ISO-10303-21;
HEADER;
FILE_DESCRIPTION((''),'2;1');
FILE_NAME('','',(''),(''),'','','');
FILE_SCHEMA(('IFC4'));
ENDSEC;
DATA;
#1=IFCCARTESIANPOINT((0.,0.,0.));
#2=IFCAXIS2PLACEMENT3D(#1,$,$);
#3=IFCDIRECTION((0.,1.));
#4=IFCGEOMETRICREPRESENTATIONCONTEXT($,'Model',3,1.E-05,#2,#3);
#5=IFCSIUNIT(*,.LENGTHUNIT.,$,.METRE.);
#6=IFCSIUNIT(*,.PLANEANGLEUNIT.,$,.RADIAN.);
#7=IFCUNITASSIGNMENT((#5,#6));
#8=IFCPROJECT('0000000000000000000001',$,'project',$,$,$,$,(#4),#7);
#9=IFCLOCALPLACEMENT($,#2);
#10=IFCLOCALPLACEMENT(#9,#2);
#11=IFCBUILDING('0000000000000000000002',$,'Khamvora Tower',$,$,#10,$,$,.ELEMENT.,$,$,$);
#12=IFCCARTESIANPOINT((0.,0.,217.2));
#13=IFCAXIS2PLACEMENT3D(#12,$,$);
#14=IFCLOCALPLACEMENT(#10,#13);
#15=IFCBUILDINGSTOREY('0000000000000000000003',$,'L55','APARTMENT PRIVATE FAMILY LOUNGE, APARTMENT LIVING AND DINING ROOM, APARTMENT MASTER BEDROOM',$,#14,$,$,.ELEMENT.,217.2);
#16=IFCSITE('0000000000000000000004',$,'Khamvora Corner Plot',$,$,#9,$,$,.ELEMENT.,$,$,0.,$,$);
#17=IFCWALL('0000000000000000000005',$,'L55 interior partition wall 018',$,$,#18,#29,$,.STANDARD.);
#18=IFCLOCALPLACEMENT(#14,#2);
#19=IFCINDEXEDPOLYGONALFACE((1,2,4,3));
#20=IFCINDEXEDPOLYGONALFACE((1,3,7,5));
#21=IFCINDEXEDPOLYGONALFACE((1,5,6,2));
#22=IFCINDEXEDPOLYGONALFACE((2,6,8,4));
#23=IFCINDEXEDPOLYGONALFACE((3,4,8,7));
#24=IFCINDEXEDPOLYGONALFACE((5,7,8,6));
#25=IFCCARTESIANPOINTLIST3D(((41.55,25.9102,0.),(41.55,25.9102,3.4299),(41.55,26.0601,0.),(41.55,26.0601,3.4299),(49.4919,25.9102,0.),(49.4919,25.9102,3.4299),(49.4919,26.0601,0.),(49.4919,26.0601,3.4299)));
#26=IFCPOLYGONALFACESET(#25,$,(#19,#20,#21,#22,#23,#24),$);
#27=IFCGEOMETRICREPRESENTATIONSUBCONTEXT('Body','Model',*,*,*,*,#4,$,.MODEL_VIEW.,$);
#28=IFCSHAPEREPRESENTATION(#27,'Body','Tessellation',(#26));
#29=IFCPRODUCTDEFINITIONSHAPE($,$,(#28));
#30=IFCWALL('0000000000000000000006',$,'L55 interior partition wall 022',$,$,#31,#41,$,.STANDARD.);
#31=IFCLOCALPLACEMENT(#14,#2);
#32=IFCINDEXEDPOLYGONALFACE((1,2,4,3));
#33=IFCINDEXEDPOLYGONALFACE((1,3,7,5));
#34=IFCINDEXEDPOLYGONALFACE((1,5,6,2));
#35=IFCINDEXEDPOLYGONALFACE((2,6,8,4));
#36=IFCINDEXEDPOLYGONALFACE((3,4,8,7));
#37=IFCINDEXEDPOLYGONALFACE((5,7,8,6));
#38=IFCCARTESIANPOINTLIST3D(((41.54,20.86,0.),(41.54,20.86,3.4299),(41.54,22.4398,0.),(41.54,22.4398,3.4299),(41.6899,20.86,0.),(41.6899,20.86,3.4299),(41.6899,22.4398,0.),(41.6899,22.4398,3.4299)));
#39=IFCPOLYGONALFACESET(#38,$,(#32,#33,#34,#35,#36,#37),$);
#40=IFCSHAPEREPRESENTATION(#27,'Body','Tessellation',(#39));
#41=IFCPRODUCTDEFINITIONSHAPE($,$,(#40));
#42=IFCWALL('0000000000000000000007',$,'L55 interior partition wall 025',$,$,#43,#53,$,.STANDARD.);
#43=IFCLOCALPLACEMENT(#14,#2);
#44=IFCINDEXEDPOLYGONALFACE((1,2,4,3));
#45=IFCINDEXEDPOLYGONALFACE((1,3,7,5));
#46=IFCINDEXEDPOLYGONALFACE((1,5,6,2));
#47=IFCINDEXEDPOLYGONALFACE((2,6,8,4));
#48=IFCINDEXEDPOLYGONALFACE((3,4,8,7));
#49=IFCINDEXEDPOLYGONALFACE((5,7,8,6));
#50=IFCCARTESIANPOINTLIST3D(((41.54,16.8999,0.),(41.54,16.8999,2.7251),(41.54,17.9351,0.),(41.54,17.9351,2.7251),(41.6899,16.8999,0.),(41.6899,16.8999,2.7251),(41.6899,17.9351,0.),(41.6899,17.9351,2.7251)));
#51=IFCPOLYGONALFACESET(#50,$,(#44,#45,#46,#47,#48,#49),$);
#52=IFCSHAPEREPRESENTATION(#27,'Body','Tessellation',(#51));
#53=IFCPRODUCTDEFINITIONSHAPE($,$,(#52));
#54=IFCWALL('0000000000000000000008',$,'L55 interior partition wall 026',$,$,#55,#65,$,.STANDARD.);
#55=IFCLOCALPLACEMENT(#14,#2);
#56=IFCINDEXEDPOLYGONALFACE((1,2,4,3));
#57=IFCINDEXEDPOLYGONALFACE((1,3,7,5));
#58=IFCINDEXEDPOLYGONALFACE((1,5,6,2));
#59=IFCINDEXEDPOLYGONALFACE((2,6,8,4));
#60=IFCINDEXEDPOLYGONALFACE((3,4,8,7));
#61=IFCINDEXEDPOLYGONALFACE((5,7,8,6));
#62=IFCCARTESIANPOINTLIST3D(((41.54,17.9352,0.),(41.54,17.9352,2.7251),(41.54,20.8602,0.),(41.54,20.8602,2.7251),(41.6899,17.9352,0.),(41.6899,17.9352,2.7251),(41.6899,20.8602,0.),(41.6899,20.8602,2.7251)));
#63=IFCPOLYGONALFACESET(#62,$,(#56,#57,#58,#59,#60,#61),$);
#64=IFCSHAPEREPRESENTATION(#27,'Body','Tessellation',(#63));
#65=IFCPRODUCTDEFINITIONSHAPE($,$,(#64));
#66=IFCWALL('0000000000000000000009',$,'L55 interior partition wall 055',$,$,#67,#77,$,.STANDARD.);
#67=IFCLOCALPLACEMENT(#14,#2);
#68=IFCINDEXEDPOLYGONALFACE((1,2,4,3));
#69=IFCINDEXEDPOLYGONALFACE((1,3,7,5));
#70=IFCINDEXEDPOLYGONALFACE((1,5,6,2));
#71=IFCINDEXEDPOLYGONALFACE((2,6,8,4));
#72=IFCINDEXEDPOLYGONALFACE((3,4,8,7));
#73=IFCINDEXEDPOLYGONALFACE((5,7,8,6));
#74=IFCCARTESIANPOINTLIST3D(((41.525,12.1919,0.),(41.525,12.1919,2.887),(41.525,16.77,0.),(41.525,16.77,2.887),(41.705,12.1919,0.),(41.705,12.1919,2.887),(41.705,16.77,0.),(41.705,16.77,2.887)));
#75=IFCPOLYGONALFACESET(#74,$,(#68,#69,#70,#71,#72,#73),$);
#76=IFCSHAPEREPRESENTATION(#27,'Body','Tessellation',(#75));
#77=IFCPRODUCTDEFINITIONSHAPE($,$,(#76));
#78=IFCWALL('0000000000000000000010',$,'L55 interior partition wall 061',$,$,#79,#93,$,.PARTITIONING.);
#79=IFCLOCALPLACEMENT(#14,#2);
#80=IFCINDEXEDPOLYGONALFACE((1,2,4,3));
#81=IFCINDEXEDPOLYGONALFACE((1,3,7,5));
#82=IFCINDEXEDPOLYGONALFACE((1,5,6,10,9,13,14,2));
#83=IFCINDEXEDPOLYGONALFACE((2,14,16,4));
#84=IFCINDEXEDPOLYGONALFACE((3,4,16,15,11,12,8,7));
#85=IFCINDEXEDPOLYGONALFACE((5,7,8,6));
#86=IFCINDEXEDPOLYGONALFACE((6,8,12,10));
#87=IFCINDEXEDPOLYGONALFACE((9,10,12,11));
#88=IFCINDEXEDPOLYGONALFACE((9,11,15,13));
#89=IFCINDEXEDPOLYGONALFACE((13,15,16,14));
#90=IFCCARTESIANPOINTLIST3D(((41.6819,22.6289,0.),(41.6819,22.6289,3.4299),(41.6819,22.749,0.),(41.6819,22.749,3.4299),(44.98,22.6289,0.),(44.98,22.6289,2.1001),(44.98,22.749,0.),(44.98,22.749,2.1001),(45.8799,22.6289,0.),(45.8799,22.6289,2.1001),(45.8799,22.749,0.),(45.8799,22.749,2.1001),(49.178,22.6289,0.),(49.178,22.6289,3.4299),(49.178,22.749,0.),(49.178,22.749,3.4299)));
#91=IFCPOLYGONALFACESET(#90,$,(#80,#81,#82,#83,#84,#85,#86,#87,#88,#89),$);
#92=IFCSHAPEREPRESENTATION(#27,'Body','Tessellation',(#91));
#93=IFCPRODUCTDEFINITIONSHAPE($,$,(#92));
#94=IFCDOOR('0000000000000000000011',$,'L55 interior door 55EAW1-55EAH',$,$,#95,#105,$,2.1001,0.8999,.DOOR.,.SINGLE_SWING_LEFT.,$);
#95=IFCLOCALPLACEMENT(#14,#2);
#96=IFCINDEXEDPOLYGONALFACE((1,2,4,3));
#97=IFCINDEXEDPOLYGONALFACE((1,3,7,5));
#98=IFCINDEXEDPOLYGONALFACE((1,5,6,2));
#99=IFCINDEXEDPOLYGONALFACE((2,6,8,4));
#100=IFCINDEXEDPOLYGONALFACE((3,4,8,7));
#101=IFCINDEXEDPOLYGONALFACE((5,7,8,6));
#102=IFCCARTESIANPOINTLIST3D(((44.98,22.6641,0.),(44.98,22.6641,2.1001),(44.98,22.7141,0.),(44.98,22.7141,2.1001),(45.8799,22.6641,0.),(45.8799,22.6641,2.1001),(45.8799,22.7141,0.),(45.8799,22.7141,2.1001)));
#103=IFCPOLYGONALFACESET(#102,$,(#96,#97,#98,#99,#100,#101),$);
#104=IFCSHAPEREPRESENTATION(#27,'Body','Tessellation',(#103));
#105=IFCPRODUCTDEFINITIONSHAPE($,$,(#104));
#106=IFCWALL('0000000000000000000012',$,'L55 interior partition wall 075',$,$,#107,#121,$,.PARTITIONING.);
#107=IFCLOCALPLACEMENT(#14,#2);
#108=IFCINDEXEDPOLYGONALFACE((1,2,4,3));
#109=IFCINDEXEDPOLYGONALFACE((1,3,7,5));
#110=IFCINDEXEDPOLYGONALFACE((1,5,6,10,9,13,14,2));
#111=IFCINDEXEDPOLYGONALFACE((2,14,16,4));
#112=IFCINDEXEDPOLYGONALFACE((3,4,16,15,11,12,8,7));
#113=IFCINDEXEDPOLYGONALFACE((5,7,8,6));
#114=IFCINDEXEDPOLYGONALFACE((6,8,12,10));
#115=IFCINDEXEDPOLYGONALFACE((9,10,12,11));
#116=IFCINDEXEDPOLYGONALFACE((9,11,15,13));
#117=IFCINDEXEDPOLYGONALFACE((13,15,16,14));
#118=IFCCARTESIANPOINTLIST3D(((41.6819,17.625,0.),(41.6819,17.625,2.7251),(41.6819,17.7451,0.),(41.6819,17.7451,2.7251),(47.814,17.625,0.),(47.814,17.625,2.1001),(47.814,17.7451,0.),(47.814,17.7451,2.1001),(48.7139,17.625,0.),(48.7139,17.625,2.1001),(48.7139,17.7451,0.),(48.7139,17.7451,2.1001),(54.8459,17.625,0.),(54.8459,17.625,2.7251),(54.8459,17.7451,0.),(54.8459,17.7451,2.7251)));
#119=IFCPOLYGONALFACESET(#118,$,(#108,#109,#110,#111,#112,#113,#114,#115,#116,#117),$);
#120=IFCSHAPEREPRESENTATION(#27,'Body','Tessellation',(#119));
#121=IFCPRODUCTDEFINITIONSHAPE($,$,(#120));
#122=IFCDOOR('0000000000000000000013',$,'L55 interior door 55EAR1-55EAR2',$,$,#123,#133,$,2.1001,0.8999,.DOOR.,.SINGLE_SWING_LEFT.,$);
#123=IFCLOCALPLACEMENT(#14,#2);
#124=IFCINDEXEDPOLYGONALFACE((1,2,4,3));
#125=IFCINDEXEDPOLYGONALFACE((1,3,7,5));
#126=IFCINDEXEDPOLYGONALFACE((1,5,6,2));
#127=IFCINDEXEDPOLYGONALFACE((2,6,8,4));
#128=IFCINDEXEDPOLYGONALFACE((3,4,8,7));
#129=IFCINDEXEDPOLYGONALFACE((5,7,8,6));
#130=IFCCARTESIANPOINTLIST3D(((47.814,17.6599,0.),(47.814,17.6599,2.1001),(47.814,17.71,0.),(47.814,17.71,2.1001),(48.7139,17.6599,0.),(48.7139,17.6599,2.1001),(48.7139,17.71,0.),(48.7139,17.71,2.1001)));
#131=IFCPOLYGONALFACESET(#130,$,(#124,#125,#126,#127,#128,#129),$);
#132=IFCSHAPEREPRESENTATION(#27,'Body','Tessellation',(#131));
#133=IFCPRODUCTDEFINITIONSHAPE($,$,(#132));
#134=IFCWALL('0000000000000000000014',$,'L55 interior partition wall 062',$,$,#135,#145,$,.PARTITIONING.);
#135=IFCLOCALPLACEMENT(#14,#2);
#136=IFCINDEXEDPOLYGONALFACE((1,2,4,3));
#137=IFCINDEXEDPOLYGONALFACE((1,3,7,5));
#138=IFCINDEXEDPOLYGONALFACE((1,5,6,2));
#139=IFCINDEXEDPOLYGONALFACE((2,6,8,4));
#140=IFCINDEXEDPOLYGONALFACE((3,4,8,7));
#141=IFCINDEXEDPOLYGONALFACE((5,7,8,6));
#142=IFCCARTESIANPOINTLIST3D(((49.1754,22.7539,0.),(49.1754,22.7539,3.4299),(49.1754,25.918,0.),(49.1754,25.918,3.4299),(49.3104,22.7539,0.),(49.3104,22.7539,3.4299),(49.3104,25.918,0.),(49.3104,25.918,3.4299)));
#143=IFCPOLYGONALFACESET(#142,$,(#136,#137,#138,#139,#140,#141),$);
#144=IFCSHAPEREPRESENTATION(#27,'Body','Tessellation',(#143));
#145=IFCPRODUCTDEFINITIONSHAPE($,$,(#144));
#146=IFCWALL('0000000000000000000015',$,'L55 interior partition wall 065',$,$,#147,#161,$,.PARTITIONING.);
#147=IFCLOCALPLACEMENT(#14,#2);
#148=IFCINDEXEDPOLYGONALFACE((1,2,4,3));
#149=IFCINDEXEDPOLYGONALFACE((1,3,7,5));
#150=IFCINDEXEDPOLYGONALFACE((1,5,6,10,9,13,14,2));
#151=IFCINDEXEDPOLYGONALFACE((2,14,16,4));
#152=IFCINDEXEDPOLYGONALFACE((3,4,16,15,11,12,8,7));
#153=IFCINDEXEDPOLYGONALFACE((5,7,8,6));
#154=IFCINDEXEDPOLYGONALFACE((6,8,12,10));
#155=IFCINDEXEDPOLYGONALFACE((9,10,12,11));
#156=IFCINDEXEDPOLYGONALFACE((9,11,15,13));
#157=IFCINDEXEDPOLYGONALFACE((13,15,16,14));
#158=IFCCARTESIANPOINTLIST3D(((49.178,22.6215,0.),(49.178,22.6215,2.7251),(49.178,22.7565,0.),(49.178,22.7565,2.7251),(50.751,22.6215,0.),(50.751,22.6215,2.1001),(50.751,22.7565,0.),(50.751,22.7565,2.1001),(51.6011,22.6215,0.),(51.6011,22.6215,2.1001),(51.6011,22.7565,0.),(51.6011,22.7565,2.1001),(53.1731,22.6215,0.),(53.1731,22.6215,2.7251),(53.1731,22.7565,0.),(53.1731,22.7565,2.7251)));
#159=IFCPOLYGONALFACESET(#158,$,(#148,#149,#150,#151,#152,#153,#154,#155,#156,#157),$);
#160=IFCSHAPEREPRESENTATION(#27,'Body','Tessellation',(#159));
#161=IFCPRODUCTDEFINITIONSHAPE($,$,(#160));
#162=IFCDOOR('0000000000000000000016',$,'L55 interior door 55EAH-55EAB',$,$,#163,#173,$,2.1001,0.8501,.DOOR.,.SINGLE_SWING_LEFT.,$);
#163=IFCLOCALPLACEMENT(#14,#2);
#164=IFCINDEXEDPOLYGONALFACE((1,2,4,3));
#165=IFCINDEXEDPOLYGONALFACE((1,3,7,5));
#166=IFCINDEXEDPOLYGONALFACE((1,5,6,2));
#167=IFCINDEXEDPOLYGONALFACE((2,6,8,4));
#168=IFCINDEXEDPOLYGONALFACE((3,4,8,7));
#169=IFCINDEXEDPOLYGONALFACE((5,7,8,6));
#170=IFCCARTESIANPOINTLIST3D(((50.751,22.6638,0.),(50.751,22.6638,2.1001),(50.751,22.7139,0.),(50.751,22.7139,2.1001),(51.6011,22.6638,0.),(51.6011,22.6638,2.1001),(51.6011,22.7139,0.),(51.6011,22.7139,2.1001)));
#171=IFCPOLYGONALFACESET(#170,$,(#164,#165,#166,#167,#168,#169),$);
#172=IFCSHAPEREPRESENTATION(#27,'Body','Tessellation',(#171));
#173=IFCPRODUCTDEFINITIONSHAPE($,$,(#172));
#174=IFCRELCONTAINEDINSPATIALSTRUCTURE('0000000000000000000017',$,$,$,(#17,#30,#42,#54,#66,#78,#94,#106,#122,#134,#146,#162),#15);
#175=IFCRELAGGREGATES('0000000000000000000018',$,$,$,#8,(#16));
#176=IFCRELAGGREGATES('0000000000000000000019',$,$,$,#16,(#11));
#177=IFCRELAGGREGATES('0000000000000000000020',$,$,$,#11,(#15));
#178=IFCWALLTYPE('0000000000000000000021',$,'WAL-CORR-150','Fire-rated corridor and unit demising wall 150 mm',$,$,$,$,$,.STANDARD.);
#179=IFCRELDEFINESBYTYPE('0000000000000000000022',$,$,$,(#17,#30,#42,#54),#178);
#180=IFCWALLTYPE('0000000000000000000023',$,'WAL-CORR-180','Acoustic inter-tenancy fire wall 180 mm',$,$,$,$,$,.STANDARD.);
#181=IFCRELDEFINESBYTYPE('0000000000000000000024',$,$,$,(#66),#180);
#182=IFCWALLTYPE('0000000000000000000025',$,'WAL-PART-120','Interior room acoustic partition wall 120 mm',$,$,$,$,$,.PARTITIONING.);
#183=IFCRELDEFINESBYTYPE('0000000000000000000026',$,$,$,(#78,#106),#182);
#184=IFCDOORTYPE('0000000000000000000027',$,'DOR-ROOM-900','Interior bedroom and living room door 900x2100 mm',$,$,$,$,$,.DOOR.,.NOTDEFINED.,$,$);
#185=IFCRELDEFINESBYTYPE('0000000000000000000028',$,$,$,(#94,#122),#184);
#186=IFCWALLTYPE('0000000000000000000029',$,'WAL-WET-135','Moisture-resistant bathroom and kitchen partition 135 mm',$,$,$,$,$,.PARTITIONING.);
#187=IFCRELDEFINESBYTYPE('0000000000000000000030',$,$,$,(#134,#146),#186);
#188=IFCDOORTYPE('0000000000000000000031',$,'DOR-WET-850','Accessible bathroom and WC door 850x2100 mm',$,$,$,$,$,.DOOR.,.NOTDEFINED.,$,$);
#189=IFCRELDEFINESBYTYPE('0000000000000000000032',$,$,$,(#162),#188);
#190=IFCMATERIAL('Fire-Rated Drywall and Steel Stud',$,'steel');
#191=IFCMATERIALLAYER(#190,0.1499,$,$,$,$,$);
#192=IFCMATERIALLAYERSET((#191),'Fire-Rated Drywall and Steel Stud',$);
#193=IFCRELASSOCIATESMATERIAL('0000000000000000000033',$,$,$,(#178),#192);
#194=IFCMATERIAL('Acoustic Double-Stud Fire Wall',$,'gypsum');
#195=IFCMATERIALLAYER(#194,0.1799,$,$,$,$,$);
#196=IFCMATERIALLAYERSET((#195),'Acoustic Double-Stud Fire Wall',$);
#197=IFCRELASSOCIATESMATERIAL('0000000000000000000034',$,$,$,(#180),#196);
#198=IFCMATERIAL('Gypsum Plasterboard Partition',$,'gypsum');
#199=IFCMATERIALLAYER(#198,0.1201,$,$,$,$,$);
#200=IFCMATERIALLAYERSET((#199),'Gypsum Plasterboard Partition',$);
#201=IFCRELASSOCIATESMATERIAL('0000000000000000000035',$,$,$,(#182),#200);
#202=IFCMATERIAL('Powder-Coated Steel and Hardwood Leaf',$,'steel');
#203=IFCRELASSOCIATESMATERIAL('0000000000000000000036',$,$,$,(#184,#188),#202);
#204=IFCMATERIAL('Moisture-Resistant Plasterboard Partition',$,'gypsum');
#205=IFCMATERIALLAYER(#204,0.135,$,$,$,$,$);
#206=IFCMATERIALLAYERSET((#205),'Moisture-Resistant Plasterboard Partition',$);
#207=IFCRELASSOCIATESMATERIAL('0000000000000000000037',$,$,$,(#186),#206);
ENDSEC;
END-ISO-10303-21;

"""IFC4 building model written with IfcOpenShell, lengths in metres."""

from ifc_helpers import new_model, si_unit, direction, frame, frame_2d, origin, place, context, subcontext, project, spatial, rectangle, extrude, material, layer, layer_set, type_object, element, fill, save


model = new_model("IFC4")

# Units and contexts
model_context = context("Model", 3, precision=1e-05, world=origin(), true_north=direction((0.0, 1.0)))
body_context = subcontext(model_context, "Body", "Model", "MODEL_VIEW")
ifc_project = project(units=[si_unit("LENGTHUNIT", "METRE"), si_unit("PLANEANGLEUNIT", "RADIAN")], contexts=[model_context])

# Site, building, storey
site_placement = place(None, origin())
site = spatial("IfcSite", under=ifc_project, at=site_placement, Name="Khamvora Corner Plot", CompositionType="ELEMENT", RefElevation=0.0)
building_placement = place(site_placement, origin())
building = spatial("IfcBuilding", under=site, at=building_placement, Name="Khamvora Tower", CompositionType="ELEMENT")
storey_placement = place(building_placement, frame((0.0, 0.0, 217.2)))
storey = spatial("IfcBuildingStorey", under=building, at=storey_placement, Name="L55", Description="APARTMENT PRIVATE FAMILY LOUNGE, APARTMENT LIVING AND DINING ROOM, APARTMENT MASTER BEDROOM", CompositionType="ELEMENT", Elevation=217.2)

# Walls
ifc_material_1 = material(Name="Fire-Rated Drywall and Steel Stud", Category="steel")
ifc_layer_1 = layer(ifc_material_1, 0.1499)
ifc_layer_set_1 = layer_set([ifc_layer_1], Name="Fire-Rated Drywall and Steel Stud")
wall_type_1 = type_object("IfcWallType", Name="WAL-CORR-150", Description="Fire-rated corridor and unit demising wall 150 mm", PredefinedType="STANDARD", material=ifc_layer_set_1)
wall_1_placement = place(storey_placement, frame((49.4919, 25.9851, 0.0), z_axis=(0.0, 0.0, 1.0), x_axis=(-1.0, 0.0, 0.0)))
element("IfcWall", 1, at=wall_1_placement, inside=storey, type_object=wall_type_1, Name="L55 interior partition wall 018", PredefinedType="STANDARD", context=body_context, shape_type="SweptSolid", body=[
    extrude(rectangle(XDim=7.9419, YDim=0.1499, at=frame_2d((3.9709, 0.0))), origin(), (0.0, 0.0, 1.0), 3.4299),
])
wall_2_placement = place(storey_placement, frame((41.615, 22.4399, 0.0), z_axis=(0.0, 0.0, 1.0), x_axis=(0.0, -1.0, 0.0)))
element("IfcWall", 2, at=wall_2_placement, inside=storey, type_object=wall_type_1, Name="L55 interior partition wall 022", PredefinedType="STANDARD", context=body_context, shape_type="SweptSolid", body=[
    extrude(rectangle(XDim=1.5798, YDim=0.1499, at=frame_2d((0.79, 0.0))), origin(), (0.0, 0.0, 1.0), 3.4299),
])
wall_3_placement = place(storey_placement, frame((41.615, 17.9351, 0.0), z_axis=(0.0, 0.0, 1.0), x_axis=(0.0, -1.0, 0.0)))
element("IfcWall", 3, at=wall_3_placement, inside=storey, type_object=wall_type_1, Name="L55 interior partition wall 025", PredefinedType="STANDARD", context=body_context, shape_type="SweptSolid", body=[
    extrude(rectangle(XDim=1.0352, YDim=0.1499, at=frame_2d((0.5176, 0.0))), origin(), (0.0, 0.0, 1.0), 2.7251),
])
wall_4_placement = place(storey_placement, frame((41.615, 20.8601, 0.0), z_axis=(0.0, 0.0, 1.0), x_axis=(0.0, -1.0, 0.0)))
element("IfcWall", 4, at=wall_4_placement, inside=storey, type_object=wall_type_1, Name="L55 interior partition wall 026", PredefinedType="STANDARD", context=body_context, shape_type="SweptSolid", body=[
    extrude(rectangle(XDim=2.925, YDim=0.1499, at=frame_2d((1.4624, 0.0))), origin(), (0.0, 0.0, 1.0), 2.7251),
])
ifc_material_2 = material(Name="Acoustic Double-Stud Fire Wall", Category="gypsum")
ifc_layer_2 = layer(ifc_material_2, 0.1799)
ifc_layer_set_2 = layer_set([ifc_layer_2], Name="Acoustic Double-Stud Fire Wall")
wall_type_2 = type_object("IfcWallType", Name="WAL-CORR-180", Description="Acoustic inter-tenancy fire wall 180 mm", PredefinedType="STANDARD", material=ifc_layer_set_2)
wall_5_placement = place(storey_placement, frame((41.615, 16.77, 0.0), z_axis=(0.0, 0.0, 1.0), x_axis=(0.0, -1.0, 0.0)))
element("IfcWall", 5, at=wall_5_placement, inside=storey, type_object=wall_type_2, Name="L55 interior partition wall 055", PredefinedType="STANDARD", context=body_context, shape_type="SweptSolid", body=[
    extrude(rectangle(XDim=4.5781, YDim=0.1799, at=frame_2d((2.2891, 0.0))), origin(), (0.0, 0.0, 1.0), 2.887),
])

# Walls, openings, doors
ifc_material_3 = material(Name="Gypsum Plasterboard Partition", Category="gypsum")
ifc_layer_3 = layer(ifc_material_3, 0.1201)
ifc_layer_set_3 = layer_set([ifc_layer_3], Name="Gypsum Plasterboard Partition")
wall_type_3 = type_object("IfcWallType", Name="WAL-PART-120", Description="Interior room acoustic partition wall 120 mm", PredefinedType="PARTITIONING", material=ifc_layer_set_3)
wall_6_placement = place(storey_placement, frame((49.178, 22.689, 0.0), z_axis=(0.0, 0.0, 1.0), x_axis=(-1.0, 0.0, 0.0)))
wall_6 = element("IfcWall", 6, at=wall_6_placement, inside=storey, type_object=wall_type_3, Name="L55 interior partition wall 061", PredefinedType="PARTITIONING", context=body_context, shape_type="SweptSolid", body=[
    extrude(rectangle(XDim=7.4961, YDim=0.1201, at=frame_2d((3.748, 0.0))), origin(), (0.0, 0.0, 1.0), 3.4299),
])
opening_1_placement = place(wall_6_placement, frame((3.2981, 0.0, 0.0)))
opening_1 = element("IfcOpeningElement", 7, at=opening_1_placement, cuts=wall_6, PredefinedType="OPENING", context=body_context, shape_type="SweptSolid", body=[
    extrude(rectangle(XDim=0.8999, YDim=2.1001, at=frame_2d((0.45, 1.05))), frame((0.0, 0.0701, 0.0), z_axis=(0.0, -1.0, 0.0), x_axis=(1.0, 0.0, 0.0)), (0.0, 0.0, 1.0), 0.1401),
])
ifc_material_4 = material(Name="Powder-Coated Steel and Hardwood Leaf", Category="steel")
door_type_1 = type_object("IfcDoorType", Name="DOR-ROOM-900", Description="Interior bedroom and living room door 900x2100 mm", OperationType="NOTDEFINED", PredefinedType="DOOR", material=ifc_material_4)
door_1_placement = place(opening_1_placement, origin())
door_1 = element("IfcDoor", 8, at=door_1_placement, inside=storey, type_object=door_type_1, Name="L55 interior door 55EAW1-55EAH", OperationType="SINGLE_SWING_LEFT", OverallHeight=2.1001, OverallWidth=0.8999, PredefinedType="DOOR", context=body_context, shape_type="SweptSolid", body=[
    extrude(rectangle(XDim=0.8999, YDim=2.1001, at=frame_2d((0.45, 1.05))), frame((0.0, 0.0249, 0.0), z_axis=(0.0, -1.0, 0.0), x_axis=(1.0, 0.0, 0.0)), (0.0, 0.0, 1.0), 0.05),
])
fill(opening_1, door_1)
wall_7_placement = place(storey_placement, frame((41.6819, 17.6851, 0.0), z_axis=(0.0, 0.0, 1.0), x_axis=(1.0, 0.0, 0.0)))
wall_7 = element("IfcWall", 9, at=wall_7_placement, inside=storey, type_object=wall_type_3, Name="L55 interior partition wall 075", PredefinedType="PARTITIONING", context=body_context, shape_type="SweptSolid", body=[
    extrude(rectangle(XDim=13.1641, YDim=0.1201, at=frame_2d((6.582, 0.0))), origin(), (0.0, 0.0, 1.0), 2.7251),
])
opening_2_placement = place(wall_7_placement, frame((6.1321, 0.0, 0.0)))
opening_2 = element("IfcOpeningElement", 10, at=opening_2_placement, cuts=wall_7, PredefinedType="OPENING", context=body_context, shape_type="SweptSolid", body=[
    extrude(rectangle(XDim=0.8999, YDim=2.1001, at=frame_2d((0.45, 1.05))), frame((0.0, 0.0701, 0.0), z_axis=(0.0, -1.0, 0.0), x_axis=(1.0, 0.0, 0.0)), (0.0, 0.0, 1.0), 0.1401),
])
door_2_placement = place(opening_2_placement, origin())
door_2 = element("IfcDoor", 11, at=door_2_placement, inside=storey, type_object=door_type_1, Name="L55 interior door 55EAR1-55EAR2", OperationType="SINGLE_SWING_LEFT", OverallHeight=2.1001, OverallWidth=0.8999, PredefinedType="DOOR", context=body_context, shape_type="SweptSolid", body=[
    extrude(rectangle(XDim=0.8999, YDim=2.1001, at=frame_2d((0.45, 1.05))), frame((0.0, 0.0249, 0.0), z_axis=(0.0, -1.0, 0.0), x_axis=(1.0, 0.0, 0.0)), (0.0, 0.0, 1.0), 0.05),
])
fill(opening_2, door_2)

# Wall
ifc_material_5 = material(Name="Moisture-Resistant Plasterboard Partition", Category="gypsum")
ifc_layer_4 = layer(ifc_material_5, 0.135)
ifc_layer_set_4 = layer_set([ifc_layer_4], Name="Moisture-Resistant Plasterboard Partition")
wall_type_4 = type_object("IfcWallType", Name="WAL-WET-135", Description="Moisture-resistant bathroom and kitchen partition 135 mm", PredefinedType="PARTITIONING", material=ifc_layer_set_4)
wall_8_placement = place(storey_placement, frame((49.2429, 25.918, 0.0), z_axis=(0.0, 0.0, 1.0), x_axis=(0.0, -1.0, 0.0)))
element("IfcWall", 12, at=wall_8_placement, inside=storey, type_object=wall_type_4, Name="L55 interior partition wall 062", PredefinedType="PARTITIONING", context=body_context, shape_type="SweptSolid", body=[
    extrude(rectangle(XDim=3.1641, YDim=0.135, at=frame_2d((1.582, 0.0))), origin(), (0.0, 0.0, 1.0), 3.4299),
])

# Wall, opening, door
wall_9_placement = place(storey_placement, frame((49.178, 22.689, 0.0), z_axis=(0.0, 0.0, 1.0), x_axis=(1.0, 0.0, 0.0)))
wall_9 = element("IfcWall", 13, at=wall_9_placement, inside=storey, type_object=wall_type_4, Name="L55 interior partition wall 065", PredefinedType="PARTITIONING", context=body_context, shape_type="SweptSolid", body=[
    extrude(rectangle(XDim=3.9951, YDim=0.135, at=frame_2d((1.9976, 0.0))), origin(), (0.0, 0.0, 1.0), 2.7251),
])
opening_3_placement = place(wall_9_placement, frame((1.573, 0.0, 0.0)))
opening_3 = element("IfcOpeningElement", 14, at=opening_3_placement, cuts=wall_9, PredefinedType="OPENING", context=body_context, shape_type="SweptSolid", body=[
    extrude(rectangle(XDim=0.8501, YDim=2.1001, at=frame_2d((0.425, 1.05))), frame((0.0, 0.0774, 0.0), z_axis=(0.0, -1.0, 0.0), x_axis=(1.0, 0.0, 0.0)), (0.0, 0.0, 1.0), 0.155),
])
door_type_2 = type_object("IfcDoorType", Name="DOR-WET-850", Description="Accessible bathroom and WC door 850x2100 mm", OperationType="NOTDEFINED", PredefinedType="DOOR", material=ifc_material_4)
door_3_placement = place(opening_3_placement, origin())
door_3 = element("IfcDoor", 15, at=door_3_placement, inside=storey, type_object=door_type_2, Name="L55 interior door 55EAH-55EAB", OperationType="SINGLE_SWING_LEFT", OverallHeight=2.1001, OverallWidth=0.8501, PredefinedType="DOOR", context=body_context, shape_type="SweptSolid", body=[
    extrude(rectangle(XDim=0.8501, YDim=2.1001, at=frame_2d((0.425, 1.05))), frame((0.0, 0.0249, 0.0), z_axis=(0.0, -1.0, 0.0), x_axis=(1.0, 0.0, 0.0)), (0.0, 0.0, 1.0), 0.05),
])
fill(opening_3, door_3)

save(model, "model.ifc")
